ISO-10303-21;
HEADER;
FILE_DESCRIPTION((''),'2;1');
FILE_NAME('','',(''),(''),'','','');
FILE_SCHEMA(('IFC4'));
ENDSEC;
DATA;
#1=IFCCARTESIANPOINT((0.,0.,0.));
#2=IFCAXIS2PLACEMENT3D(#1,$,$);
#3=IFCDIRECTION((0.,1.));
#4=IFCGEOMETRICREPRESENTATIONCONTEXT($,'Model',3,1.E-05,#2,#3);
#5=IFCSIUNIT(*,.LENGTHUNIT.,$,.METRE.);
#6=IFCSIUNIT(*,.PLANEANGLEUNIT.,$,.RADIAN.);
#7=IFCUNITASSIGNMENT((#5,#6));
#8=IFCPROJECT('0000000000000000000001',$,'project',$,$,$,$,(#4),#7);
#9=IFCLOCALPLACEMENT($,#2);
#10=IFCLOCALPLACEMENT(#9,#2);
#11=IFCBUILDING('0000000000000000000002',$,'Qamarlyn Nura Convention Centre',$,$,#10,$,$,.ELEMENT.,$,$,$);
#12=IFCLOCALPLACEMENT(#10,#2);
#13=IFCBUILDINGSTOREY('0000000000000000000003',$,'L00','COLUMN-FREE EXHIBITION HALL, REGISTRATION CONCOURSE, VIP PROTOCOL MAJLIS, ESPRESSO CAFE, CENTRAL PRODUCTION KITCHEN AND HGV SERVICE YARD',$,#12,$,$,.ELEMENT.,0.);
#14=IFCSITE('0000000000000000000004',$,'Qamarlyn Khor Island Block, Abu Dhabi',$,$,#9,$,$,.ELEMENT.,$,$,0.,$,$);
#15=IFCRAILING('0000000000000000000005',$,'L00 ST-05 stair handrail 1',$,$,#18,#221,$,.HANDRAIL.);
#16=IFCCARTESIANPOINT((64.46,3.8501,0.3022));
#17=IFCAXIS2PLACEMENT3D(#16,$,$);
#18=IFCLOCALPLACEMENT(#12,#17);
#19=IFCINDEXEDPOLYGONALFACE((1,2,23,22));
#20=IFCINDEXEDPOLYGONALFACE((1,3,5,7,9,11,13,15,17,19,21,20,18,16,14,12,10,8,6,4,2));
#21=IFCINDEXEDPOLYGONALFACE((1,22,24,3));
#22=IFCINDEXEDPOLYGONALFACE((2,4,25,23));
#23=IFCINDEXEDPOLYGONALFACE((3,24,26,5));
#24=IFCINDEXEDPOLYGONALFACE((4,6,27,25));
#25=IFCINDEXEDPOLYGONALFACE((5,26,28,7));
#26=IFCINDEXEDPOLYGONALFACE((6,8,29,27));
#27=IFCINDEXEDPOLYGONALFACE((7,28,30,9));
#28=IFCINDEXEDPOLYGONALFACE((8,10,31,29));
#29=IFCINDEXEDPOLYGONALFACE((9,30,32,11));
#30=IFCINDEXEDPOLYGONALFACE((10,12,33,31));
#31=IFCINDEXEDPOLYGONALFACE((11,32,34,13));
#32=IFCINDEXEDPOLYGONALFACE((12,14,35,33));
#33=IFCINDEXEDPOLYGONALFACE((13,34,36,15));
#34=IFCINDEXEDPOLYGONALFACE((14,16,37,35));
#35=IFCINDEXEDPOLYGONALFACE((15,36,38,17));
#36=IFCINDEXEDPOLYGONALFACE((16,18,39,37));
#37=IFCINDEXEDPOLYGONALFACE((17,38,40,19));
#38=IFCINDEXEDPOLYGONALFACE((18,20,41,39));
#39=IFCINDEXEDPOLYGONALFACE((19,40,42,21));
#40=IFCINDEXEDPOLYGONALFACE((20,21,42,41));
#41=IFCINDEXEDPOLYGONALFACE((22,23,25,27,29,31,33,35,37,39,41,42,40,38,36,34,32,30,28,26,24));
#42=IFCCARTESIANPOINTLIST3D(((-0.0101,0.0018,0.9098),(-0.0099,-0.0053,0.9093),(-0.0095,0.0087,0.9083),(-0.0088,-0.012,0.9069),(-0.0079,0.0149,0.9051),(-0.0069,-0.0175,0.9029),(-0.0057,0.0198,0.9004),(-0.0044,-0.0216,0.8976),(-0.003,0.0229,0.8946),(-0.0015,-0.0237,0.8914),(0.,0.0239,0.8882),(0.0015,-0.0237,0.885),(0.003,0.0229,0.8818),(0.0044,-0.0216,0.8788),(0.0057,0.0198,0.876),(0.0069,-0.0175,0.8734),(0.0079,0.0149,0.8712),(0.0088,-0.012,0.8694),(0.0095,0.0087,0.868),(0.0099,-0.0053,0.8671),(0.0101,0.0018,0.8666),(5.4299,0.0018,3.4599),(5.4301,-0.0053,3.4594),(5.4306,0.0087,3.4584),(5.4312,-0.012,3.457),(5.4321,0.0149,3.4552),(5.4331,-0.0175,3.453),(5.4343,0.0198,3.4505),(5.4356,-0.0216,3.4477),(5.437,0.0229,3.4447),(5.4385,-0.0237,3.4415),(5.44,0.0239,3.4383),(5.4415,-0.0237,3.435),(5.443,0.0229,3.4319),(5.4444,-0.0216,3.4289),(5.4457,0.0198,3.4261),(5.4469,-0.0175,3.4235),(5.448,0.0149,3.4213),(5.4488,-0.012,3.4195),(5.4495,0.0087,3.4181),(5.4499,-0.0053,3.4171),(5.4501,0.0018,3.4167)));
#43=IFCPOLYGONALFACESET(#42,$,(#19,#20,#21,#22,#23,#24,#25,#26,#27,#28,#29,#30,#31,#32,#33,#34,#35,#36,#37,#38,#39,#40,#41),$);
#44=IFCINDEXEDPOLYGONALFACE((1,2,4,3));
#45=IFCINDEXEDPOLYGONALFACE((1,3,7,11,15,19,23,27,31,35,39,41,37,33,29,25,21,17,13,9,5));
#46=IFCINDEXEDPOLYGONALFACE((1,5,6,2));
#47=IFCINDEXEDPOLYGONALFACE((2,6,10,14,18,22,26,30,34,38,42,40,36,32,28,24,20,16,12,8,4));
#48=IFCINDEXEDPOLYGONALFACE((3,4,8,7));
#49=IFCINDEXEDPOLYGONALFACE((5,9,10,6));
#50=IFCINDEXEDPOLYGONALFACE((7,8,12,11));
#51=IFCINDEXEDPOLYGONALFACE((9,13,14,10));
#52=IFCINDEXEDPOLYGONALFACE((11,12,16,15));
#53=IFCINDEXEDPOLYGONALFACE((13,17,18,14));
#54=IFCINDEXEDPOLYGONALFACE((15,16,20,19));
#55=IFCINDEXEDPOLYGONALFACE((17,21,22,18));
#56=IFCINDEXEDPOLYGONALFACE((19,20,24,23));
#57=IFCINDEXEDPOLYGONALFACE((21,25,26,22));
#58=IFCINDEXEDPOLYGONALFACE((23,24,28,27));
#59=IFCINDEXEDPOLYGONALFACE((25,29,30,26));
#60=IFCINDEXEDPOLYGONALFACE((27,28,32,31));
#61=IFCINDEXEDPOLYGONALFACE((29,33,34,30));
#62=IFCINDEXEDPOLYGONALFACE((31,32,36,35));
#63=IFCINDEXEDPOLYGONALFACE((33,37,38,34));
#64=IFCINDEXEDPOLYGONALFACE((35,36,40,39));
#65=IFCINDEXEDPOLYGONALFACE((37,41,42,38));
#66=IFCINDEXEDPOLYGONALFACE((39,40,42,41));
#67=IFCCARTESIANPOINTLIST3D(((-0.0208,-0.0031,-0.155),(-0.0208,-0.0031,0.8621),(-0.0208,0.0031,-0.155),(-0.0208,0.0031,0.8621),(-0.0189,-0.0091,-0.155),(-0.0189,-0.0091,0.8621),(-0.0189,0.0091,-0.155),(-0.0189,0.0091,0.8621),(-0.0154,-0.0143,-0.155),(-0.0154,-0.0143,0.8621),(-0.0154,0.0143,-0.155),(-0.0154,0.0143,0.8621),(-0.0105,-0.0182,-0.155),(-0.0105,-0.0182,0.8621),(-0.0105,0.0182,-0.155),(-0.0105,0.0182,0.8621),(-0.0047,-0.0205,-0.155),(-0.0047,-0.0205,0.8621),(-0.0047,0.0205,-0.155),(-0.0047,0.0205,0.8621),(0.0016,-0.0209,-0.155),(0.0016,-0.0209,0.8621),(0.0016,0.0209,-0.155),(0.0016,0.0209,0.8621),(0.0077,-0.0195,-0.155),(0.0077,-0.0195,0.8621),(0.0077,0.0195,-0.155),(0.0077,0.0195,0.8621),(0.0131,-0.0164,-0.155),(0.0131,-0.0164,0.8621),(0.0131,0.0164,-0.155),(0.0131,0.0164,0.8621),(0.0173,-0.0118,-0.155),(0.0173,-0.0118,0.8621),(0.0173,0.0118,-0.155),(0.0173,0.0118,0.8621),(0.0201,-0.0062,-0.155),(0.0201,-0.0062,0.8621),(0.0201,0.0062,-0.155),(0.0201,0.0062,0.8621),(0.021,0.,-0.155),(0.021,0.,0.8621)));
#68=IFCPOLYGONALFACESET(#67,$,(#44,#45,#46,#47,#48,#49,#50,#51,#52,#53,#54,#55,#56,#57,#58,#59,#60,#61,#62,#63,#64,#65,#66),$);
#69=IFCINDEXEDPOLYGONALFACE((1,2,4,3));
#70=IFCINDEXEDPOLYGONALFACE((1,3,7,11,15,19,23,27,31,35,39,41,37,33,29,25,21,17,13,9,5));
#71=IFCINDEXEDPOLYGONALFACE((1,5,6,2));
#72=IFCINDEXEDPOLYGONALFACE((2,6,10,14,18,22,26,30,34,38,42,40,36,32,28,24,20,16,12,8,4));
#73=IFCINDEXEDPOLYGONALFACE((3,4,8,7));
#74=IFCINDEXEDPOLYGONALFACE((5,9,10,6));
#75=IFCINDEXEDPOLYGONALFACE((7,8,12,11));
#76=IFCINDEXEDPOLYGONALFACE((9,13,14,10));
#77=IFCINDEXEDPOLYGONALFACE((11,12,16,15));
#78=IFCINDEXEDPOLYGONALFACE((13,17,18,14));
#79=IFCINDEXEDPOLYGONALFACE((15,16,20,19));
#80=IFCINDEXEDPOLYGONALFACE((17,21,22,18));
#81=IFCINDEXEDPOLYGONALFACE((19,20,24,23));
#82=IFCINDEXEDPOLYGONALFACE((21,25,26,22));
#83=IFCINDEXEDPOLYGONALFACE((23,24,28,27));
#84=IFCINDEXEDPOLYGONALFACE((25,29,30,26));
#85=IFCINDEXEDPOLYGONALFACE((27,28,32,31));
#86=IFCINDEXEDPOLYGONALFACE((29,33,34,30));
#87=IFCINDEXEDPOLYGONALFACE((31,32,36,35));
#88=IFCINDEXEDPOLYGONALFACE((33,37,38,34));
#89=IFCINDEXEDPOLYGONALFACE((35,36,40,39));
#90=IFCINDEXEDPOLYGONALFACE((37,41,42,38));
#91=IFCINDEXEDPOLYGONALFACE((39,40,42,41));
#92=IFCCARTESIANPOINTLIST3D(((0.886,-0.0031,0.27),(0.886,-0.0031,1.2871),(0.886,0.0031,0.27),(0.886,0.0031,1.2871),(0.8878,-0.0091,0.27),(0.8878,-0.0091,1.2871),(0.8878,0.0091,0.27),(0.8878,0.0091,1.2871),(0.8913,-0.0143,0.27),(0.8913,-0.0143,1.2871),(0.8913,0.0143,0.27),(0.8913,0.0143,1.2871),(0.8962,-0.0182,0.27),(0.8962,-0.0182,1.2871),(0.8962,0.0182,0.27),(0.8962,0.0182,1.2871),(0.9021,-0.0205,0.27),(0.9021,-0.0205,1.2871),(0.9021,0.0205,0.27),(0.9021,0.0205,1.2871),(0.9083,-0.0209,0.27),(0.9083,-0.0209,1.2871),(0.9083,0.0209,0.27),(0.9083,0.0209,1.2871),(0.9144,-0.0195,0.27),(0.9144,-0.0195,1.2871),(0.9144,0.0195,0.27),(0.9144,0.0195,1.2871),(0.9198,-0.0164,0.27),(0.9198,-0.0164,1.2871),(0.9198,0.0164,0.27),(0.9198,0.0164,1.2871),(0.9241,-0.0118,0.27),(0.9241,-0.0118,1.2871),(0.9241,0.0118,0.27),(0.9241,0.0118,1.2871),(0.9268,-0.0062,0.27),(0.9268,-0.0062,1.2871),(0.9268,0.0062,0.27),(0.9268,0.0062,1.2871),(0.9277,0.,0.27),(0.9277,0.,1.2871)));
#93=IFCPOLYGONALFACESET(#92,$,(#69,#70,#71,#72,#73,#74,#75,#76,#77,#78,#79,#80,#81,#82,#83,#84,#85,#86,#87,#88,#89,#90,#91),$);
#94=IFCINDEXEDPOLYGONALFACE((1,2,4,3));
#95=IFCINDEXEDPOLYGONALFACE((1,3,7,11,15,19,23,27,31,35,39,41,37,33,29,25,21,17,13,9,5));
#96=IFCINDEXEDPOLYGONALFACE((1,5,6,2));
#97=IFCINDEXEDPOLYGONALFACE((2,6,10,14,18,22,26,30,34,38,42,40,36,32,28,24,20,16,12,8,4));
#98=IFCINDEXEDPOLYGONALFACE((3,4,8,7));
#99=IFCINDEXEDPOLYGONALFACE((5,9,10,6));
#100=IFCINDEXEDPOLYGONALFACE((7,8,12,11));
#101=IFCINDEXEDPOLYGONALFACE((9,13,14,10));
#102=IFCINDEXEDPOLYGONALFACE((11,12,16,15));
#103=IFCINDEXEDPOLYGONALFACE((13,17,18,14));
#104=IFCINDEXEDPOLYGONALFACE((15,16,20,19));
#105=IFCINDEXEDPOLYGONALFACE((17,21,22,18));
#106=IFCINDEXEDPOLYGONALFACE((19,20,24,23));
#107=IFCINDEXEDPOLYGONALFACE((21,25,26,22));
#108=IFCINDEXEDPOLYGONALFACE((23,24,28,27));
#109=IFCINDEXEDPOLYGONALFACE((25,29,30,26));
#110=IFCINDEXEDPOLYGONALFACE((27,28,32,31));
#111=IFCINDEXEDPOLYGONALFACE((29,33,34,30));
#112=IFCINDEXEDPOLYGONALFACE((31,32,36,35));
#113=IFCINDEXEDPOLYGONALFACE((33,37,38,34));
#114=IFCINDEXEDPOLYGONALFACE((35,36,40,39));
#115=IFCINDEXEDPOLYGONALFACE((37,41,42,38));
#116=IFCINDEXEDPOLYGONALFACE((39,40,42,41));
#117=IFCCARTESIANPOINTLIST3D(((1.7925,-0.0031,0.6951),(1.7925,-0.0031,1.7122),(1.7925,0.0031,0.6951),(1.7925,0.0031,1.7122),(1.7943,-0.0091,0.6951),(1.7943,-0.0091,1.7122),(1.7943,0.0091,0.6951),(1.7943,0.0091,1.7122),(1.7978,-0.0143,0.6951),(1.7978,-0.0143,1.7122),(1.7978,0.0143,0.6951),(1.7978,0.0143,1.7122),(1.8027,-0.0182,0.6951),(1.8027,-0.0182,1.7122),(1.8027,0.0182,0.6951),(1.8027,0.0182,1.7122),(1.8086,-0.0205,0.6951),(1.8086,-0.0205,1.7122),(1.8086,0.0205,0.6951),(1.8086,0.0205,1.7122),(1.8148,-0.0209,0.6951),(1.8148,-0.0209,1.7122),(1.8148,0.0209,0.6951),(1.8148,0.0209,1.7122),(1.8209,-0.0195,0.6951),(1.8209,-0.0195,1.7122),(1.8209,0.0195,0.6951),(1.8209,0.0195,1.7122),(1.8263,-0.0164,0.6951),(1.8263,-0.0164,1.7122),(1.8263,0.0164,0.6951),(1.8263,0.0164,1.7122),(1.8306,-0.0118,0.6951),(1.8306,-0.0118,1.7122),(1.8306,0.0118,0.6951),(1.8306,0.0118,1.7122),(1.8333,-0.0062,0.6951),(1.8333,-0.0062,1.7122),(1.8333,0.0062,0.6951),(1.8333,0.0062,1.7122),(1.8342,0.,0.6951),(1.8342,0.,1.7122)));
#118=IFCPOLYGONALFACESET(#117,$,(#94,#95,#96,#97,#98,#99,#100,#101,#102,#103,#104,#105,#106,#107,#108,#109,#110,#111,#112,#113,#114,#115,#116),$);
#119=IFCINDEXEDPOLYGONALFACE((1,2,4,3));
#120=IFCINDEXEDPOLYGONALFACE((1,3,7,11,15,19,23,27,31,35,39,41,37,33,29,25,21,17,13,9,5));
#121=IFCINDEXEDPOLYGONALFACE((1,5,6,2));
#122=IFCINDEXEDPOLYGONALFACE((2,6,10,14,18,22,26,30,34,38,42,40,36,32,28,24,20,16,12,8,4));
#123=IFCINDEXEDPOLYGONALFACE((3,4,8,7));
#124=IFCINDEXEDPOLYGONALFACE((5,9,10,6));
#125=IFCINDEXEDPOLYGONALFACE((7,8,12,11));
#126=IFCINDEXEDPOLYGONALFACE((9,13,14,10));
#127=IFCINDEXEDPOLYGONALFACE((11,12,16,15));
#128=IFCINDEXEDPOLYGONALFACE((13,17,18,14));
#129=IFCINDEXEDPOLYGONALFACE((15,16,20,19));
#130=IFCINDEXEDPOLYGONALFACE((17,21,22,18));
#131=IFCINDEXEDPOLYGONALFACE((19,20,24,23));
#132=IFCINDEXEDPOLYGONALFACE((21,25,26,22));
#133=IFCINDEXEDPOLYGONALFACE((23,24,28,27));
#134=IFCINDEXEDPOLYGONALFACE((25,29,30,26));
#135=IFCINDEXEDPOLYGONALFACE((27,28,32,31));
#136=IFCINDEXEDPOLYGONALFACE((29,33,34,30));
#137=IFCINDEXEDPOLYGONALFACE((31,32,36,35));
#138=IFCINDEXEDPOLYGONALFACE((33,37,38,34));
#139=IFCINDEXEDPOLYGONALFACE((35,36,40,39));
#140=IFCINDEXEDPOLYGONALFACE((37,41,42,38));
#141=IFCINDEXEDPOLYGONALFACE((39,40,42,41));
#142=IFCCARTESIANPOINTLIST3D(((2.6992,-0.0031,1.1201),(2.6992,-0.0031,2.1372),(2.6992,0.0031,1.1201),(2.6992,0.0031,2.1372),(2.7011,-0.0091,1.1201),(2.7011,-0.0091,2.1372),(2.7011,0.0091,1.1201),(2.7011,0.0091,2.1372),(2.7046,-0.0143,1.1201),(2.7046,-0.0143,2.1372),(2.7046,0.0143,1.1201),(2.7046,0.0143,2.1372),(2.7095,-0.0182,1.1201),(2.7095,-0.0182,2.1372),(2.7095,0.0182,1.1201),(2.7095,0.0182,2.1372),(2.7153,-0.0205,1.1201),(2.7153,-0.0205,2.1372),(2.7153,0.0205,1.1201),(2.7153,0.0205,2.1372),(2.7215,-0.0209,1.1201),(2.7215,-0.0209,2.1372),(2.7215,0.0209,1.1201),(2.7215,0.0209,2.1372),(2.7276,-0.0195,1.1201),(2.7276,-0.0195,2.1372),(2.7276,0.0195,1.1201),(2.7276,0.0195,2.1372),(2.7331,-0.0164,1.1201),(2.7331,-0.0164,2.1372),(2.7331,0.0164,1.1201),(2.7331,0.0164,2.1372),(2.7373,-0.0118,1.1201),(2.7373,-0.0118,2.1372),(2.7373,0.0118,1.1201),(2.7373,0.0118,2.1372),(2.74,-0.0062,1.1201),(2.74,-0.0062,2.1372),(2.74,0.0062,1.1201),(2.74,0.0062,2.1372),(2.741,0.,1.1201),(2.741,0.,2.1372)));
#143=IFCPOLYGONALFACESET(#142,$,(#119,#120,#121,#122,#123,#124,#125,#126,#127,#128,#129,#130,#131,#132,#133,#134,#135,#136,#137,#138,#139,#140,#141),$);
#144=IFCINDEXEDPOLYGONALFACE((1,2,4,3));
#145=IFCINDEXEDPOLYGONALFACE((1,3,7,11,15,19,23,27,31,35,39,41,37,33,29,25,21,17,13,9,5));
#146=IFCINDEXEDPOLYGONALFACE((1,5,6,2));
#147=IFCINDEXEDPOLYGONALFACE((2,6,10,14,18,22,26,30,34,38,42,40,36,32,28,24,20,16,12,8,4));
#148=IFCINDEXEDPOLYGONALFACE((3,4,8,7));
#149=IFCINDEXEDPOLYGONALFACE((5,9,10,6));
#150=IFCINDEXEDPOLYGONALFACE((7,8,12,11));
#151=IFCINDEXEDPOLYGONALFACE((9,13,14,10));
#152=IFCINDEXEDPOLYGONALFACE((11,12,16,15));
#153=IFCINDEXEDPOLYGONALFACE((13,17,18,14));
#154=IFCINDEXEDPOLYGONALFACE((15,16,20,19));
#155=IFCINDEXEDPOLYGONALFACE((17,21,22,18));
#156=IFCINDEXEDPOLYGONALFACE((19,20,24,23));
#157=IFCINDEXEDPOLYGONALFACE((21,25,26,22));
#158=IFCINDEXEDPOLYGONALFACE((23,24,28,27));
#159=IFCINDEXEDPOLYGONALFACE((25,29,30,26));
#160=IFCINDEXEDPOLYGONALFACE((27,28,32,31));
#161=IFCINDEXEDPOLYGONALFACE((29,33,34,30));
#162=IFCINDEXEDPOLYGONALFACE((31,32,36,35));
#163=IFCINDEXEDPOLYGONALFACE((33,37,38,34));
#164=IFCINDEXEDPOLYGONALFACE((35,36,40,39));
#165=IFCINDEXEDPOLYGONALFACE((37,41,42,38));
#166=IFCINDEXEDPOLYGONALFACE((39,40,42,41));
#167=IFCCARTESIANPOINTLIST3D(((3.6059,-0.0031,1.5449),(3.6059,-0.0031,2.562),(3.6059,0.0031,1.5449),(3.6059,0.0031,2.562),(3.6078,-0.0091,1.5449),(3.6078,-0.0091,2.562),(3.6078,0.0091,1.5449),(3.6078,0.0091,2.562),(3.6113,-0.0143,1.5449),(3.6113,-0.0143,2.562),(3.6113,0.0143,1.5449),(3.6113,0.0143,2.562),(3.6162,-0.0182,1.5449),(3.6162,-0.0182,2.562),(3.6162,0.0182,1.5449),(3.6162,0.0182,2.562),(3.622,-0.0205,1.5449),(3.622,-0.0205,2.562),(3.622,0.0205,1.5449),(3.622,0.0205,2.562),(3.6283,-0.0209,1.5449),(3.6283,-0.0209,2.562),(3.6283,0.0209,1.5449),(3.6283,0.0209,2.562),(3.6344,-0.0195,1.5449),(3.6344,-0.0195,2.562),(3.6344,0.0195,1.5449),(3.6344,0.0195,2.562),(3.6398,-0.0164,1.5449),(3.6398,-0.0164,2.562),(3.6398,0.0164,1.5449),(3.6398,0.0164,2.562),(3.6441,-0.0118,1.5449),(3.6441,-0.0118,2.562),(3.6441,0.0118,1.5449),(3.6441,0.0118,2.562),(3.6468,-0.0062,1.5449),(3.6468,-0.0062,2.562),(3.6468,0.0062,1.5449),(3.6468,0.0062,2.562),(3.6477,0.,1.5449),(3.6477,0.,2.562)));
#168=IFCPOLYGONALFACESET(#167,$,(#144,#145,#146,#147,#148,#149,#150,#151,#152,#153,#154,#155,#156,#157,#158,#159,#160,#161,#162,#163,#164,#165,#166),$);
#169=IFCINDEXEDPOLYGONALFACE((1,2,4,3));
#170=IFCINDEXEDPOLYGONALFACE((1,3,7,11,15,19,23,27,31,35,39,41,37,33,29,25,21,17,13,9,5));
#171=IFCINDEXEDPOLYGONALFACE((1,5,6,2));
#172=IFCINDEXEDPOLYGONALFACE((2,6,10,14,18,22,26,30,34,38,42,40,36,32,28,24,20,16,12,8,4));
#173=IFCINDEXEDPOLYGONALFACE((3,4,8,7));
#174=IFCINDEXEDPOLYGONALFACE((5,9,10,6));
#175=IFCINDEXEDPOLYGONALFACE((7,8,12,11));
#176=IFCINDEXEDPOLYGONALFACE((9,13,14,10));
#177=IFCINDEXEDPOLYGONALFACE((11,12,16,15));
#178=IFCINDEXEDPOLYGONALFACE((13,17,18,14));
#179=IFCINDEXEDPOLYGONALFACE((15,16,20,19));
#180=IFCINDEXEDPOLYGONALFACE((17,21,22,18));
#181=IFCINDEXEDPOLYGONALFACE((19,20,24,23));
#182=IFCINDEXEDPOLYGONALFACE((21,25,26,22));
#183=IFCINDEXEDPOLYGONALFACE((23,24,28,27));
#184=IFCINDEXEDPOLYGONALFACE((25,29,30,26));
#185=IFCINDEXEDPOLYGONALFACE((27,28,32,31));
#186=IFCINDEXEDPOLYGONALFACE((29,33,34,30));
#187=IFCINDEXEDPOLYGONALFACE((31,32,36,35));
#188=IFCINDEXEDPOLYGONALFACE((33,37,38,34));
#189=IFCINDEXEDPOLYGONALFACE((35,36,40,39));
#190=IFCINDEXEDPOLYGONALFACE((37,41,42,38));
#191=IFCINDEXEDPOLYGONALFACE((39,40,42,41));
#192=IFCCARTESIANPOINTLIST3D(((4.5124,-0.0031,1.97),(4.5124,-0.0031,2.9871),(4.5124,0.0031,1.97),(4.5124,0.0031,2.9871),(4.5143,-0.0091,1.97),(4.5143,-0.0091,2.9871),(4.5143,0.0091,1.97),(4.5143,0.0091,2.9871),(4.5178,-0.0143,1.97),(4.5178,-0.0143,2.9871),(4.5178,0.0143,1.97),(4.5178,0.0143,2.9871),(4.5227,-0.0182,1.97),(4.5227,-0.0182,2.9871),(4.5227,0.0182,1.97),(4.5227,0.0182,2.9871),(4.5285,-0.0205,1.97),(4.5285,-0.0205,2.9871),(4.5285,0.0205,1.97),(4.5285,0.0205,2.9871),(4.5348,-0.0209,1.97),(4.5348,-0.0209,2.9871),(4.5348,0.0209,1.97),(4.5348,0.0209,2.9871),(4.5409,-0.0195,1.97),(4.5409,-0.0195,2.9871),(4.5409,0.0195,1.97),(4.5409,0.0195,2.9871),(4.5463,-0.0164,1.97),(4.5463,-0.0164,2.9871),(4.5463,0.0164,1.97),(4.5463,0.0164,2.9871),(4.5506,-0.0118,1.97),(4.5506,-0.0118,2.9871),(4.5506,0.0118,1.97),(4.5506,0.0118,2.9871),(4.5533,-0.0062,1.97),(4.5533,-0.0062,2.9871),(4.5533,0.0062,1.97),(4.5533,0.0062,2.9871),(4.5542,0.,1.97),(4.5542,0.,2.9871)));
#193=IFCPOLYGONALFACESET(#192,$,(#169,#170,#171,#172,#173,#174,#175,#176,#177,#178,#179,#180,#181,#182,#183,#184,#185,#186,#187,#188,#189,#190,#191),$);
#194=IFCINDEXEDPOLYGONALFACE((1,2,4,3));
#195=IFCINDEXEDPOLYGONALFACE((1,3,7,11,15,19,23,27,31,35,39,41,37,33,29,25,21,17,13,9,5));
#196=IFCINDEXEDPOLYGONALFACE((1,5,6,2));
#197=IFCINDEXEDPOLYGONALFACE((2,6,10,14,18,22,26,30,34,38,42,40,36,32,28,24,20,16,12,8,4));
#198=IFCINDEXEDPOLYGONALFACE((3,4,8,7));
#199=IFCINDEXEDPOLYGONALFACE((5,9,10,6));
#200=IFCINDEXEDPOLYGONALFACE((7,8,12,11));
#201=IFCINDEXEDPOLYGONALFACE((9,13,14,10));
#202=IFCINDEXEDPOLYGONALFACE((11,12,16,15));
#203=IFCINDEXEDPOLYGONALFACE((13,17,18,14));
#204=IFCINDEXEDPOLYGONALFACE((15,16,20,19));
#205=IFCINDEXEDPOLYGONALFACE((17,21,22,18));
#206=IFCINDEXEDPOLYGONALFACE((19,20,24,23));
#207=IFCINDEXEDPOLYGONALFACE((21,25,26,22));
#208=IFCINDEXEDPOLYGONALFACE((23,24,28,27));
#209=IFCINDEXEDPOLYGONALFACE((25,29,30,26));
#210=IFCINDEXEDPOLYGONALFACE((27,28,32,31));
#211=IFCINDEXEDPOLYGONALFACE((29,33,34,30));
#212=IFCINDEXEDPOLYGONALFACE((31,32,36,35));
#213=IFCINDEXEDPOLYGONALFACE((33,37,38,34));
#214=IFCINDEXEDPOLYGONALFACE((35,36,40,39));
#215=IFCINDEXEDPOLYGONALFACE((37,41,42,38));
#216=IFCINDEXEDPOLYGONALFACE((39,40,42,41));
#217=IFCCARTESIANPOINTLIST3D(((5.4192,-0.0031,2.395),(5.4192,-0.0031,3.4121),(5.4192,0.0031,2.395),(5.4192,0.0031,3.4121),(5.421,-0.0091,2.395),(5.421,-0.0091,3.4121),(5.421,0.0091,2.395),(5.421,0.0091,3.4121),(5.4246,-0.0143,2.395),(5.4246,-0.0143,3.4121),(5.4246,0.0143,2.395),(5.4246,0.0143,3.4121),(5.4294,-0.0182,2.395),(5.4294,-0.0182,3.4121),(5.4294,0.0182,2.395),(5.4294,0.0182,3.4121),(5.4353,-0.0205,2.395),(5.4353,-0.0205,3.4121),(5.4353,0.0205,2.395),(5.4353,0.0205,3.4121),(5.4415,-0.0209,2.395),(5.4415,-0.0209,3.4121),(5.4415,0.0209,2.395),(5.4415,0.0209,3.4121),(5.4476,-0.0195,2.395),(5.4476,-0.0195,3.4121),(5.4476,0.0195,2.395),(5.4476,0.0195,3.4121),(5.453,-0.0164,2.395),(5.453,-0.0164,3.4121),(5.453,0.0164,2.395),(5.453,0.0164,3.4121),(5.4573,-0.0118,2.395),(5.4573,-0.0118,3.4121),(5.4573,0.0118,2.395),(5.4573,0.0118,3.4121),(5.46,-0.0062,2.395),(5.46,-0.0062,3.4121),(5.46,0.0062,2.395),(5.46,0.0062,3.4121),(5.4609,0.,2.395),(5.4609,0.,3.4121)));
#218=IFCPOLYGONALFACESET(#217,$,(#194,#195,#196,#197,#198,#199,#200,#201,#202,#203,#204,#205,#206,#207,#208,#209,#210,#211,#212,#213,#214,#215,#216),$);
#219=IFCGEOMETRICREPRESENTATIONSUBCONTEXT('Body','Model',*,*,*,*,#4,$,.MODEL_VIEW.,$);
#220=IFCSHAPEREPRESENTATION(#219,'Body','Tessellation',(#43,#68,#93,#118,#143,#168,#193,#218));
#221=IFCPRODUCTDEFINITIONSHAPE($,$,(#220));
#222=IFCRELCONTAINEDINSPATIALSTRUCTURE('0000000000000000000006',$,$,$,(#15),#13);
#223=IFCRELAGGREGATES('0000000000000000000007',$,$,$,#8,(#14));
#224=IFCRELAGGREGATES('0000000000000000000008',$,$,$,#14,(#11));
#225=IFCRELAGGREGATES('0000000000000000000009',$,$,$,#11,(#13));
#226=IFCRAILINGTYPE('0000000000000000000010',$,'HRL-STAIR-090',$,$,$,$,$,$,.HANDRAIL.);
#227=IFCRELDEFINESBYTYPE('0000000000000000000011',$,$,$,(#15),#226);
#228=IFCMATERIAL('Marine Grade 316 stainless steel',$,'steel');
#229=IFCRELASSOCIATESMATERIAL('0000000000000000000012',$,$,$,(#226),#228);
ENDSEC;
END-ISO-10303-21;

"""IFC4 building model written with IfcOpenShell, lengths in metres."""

from ifc_helpers import new_model, si_unit, direction, frame, origin, origin_2d, place, context, subcontext, project, spatial, circle, extrude, material, type_object, element, save


model = new_model("IFC4")

# Units and contexts
model_context = context("Model", 3, precision=1e-05, world=origin(), true_north=direction((0.0, 1.0)))
body_context = subcontext(model_context, "Body", "Model", "MODEL_VIEW")
ifc_project = project(units=[si_unit("LENGTHUNIT", "METRE"), si_unit("PLANEANGLEUNIT", "RADIAN")], contexts=[model_context])

# Site, building, storey
site_placement = place(None, origin())
site = spatial("IfcSite", under=ifc_project, at=site_placement, Name="Qamarlyn Khor Island Block, Abu Dhabi", CompositionType="ELEMENT", RefElevation=0.0)
building_placement = place(site_placement, origin())
building = spatial("IfcBuilding", under=site, at=building_placement, Name="Qamarlyn Nura Convention Centre", CompositionType="ELEMENT")
storey_placement = place(building_placement, origin())
storey = spatial("IfcBuildingStorey", under=building, at=storey_placement, Name="L00", Description="COLUMN-FREE EXHIBITION HALL, REGISTRATION CONCOURSE, VIP PROTOCOL MAJLIS, ESPRESSO CAFE, CENTRAL PRODUCTION KITCHEN AND HGV SERVICE YARD", CompositionType="ELEMENT", Elevation=0.0)

# Railing
ifc_material_1 = material(Name="Marine Grade 316 stainless steel", Category="steel")
railing_type_1 = type_object("IfcRailingType", Name="HRL-STAIR-090", PredefinedType="HANDRAIL", material=ifc_material_1)
railing_1_placement = place(storey_placement, frame((64.46, 3.8501, 0.3022)))
element("IfcRailing", 1, at=railing_1_placement, inside=storey, type_object=railing_type_1, Name="L00 ST-05 stair handrail 1", PredefinedType="HANDRAIL", context=body_context, shape_type="SweptSolid", body=[
    extrude(circle(Radius=0.0239, at=origin_2d()), frame((0.0, 0.0, 0.8882), z_axis=(0.905454, 0.0, 0.424444), x_axis=(0.0, 1.0, 0.0)), (0.0, 0.0, 1.0), 6.0081),
    extrude(circle(Radius=0.021, at=origin_2d()), frame((0.0, 0.0, -0.155)), (0.0, 0.0, 1.0), 1.0171),
    extrude(circle(Radius=0.021, at=origin_2d()), frame((0.9067, 0.0, 0.27)), (0.0, 0.0, 1.0), 1.0171),
    extrude(circle(Radius=0.021, at=origin_2d()), frame((1.8132, 0.0, 0.6951)), (0.0, 0.0, 1.0), 1.0171),
    extrude(circle(Radius=0.021, at=origin_2d()), frame((2.72, 0.0, 1.1201)), (0.0, 0.0, 1.0), 1.0171),
    extrude(circle(Radius=0.021, at=origin_2d()), frame((3.6267, 0.0, 1.5449)), (0.0, 0.0, 1.0), 1.0171),
    extrude(circle(Radius=0.021, at=origin_2d()), frame((4.5332, 0.0, 1.97)), (0.0, 0.0, 1.0), 1.0171),
    extrude(circle(Radius=0.021, at=origin_2d()), frame((5.4399, 0.0, 2.395)), (0.0, 0.0, 1.0), 1.0171),
])

save(model, "model.ifc")
